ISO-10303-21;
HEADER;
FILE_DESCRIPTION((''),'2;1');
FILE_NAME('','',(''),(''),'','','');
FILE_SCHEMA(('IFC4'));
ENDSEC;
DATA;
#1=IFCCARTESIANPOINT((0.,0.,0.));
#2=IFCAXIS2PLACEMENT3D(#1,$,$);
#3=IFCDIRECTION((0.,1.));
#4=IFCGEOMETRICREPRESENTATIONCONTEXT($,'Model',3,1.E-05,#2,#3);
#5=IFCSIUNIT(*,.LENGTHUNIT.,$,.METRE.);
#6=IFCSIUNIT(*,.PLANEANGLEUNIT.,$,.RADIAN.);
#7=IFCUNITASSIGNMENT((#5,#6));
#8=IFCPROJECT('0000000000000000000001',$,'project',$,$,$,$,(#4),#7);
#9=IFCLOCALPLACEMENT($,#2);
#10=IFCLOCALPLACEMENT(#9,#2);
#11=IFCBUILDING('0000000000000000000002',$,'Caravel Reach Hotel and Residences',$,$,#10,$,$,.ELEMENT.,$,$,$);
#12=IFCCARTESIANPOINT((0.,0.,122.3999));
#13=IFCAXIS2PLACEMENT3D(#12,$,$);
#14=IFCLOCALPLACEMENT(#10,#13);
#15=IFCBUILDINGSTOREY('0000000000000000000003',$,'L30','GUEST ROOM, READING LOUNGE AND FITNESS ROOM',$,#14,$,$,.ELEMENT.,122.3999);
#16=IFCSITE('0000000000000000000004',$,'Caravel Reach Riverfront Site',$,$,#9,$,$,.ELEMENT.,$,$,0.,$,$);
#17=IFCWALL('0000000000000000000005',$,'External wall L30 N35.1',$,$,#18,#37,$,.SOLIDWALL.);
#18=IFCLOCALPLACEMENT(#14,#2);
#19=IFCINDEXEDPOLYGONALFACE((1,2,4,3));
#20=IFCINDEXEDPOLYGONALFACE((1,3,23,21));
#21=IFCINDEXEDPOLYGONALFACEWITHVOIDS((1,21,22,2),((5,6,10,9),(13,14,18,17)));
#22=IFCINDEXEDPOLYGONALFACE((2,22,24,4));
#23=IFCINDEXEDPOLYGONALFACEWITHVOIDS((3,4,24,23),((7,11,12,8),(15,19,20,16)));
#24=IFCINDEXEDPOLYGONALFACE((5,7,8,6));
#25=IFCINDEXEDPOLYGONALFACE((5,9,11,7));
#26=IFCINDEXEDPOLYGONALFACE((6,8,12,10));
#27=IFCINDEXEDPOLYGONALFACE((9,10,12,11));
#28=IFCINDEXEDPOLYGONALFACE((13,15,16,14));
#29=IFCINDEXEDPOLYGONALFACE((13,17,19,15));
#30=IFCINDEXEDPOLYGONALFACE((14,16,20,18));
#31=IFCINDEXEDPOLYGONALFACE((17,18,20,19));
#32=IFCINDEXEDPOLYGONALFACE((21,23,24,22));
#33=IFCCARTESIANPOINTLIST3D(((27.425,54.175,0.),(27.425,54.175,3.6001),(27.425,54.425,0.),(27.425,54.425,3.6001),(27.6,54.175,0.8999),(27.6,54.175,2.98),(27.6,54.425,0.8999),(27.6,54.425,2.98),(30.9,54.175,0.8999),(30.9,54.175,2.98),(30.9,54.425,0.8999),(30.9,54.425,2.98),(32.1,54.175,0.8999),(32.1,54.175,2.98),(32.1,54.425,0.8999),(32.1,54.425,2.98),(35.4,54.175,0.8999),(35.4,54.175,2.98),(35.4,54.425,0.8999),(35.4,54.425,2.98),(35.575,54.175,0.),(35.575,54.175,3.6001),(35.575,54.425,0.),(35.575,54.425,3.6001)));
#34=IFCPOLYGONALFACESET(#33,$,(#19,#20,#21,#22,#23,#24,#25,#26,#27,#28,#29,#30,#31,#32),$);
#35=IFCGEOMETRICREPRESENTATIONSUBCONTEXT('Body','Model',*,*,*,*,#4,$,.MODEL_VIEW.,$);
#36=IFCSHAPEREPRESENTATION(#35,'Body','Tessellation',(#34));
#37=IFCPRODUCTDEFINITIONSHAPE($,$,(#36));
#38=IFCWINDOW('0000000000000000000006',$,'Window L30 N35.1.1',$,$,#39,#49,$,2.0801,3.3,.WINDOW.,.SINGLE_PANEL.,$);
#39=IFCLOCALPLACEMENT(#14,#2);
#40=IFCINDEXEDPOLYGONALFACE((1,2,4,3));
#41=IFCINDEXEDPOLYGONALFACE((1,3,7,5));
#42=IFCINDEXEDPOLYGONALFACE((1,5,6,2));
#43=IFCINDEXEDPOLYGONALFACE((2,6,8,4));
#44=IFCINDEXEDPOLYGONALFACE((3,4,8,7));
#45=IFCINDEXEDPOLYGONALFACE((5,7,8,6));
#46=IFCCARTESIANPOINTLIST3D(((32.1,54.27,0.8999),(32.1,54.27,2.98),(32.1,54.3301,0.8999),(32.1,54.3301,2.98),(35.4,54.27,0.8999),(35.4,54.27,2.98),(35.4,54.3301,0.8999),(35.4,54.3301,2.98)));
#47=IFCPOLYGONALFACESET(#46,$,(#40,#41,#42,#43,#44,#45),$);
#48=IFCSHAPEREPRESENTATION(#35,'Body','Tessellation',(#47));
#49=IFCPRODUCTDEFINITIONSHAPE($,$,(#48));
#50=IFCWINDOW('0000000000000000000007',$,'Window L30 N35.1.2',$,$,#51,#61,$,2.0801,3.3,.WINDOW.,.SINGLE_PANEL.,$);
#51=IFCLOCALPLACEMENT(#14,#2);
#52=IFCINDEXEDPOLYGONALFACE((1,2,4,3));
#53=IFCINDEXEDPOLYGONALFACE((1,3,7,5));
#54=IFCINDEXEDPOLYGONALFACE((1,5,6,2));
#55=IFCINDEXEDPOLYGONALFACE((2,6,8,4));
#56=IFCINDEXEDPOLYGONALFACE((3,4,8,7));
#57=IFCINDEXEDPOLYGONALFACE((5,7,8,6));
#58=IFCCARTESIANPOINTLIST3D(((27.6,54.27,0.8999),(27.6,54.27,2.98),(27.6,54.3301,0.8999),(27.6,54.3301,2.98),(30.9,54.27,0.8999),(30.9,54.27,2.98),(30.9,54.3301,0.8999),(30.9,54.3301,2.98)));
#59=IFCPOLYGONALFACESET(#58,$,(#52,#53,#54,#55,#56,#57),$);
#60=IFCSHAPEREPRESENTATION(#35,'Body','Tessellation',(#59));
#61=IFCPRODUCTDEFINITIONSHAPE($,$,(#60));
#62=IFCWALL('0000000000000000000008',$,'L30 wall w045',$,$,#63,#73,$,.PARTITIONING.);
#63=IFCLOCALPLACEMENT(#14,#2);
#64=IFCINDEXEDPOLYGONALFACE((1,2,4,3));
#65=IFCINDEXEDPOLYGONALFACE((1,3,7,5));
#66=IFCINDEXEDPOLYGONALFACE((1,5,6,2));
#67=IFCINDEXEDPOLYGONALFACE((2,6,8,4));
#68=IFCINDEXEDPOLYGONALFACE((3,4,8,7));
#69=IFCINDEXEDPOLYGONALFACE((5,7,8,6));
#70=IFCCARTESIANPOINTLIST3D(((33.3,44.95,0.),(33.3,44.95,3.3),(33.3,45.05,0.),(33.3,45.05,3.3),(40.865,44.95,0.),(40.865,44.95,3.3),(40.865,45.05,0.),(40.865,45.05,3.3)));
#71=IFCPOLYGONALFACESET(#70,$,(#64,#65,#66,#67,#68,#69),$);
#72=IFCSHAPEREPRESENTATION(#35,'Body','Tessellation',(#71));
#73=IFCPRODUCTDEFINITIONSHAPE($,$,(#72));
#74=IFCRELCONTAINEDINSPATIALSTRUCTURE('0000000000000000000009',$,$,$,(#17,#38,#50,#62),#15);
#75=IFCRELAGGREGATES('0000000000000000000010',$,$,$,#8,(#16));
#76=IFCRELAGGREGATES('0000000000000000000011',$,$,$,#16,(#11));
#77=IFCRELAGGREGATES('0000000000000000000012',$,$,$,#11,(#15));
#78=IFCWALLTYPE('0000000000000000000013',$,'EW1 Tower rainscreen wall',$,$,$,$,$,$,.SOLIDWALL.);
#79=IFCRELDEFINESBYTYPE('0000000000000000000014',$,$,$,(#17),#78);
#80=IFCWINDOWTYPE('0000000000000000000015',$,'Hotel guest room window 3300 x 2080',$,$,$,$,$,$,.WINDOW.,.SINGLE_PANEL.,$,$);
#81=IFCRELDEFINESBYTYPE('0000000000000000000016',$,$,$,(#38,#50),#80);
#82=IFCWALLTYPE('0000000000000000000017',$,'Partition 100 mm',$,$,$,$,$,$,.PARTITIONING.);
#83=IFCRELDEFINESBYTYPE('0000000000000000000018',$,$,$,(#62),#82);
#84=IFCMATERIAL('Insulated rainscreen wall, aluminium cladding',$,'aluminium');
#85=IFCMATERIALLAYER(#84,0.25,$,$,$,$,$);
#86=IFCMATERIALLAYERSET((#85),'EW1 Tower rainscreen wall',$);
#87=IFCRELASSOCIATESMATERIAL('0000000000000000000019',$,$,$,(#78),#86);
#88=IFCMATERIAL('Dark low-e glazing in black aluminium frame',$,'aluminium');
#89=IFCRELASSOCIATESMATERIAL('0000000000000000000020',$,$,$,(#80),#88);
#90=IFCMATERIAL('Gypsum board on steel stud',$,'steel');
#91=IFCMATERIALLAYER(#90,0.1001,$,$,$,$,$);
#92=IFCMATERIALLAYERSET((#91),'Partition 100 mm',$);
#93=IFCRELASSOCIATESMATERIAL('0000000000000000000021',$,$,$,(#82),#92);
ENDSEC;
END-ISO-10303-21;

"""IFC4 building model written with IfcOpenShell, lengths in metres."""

from ifc_helpers import new_model, si_unit, direction, frame, frame_2d, origin, place, context, subcontext, project, spatial, rectangle, extrude, material, layer, layer_set, type_object, element, fill, save


model = new_model("IFC4")

# Units and contexts
model_context = context("Model", 3, precision=1e-05, world=origin(), true_north=direction((0.0, 1.0)))
body_context = subcontext(model_context, "Body", "Model", "MODEL_VIEW")
ifc_project = project(units=[si_unit("LENGTHUNIT", "METRE"), si_unit("PLANEANGLEUNIT", "RADIAN")], contexts=[model_context])

# Site, building, storey
site_placement = place(None, origin())
site = spatial("IfcSite", under=ifc_project, at=site_placement, Name="Caravel Reach Riverfront Site", CompositionType="ELEMENT", RefElevation=0.0)
building_placement = place(site_placement, origin())
building = spatial("IfcBuilding", under=site, at=building_placement, Name="Caravel Reach Hotel and Residences", CompositionType="ELEMENT")
storey_placement = place(building_placement, frame((0.0, 0.0, 122.3999)))
storey = spatial("IfcBuildingStorey", under=building, at=storey_placement, Name="L30", Description="GUEST ROOM, READING LOUNGE AND FITNESS ROOM", CompositionType="ELEMENT", Elevation=122.3999)

# Shared definitions
ifc_material_1 = material(Name="Insulated rainscreen wall, aluminium cladding", Category="aluminium")
ifc_layer_1 = layer(ifc_material_1, 0.25)
ifc_layer_set_1 = layer_set([ifc_layer_1], Name="EW1 Tower rainscreen wall")
wall_type_1 = type_object("IfcWallType", Name="EW1 Tower rainscreen wall", PredefinedType="SOLIDWALL", material=ifc_layer_set_1)
ifc_material_2 = material(Name="Dark low-e glazing in black aluminium frame", Category="aluminium")
window_type_1 = type_object("IfcWindowType", Name="Hotel guest room window 3300 x 2080", PartitioningType="SINGLE_PANEL", PredefinedType="WINDOW", material=ifc_material_2)

# Wall, openings, windows
wall_1_placement = place(storey_placement, frame((35.575, 54.3, 0.0), z_axis=(0.0, 0.0, 1.0), x_axis=(-1.0, 0.0, 0.0)))
wall_1 = element("IfcWall", 1, at=wall_1_placement, inside=storey, type_object=wall_type_1, Name="External wall L30 N35.1", PredefinedType="SOLIDWALL", context=body_context, shape_type="SweptSolid", body=[
    extrude(rectangle(XDim=8.1499, YDim=0.25, at=frame_2d((4.075, 0.0))), origin(), (0.0, 0.0, 1.0), 3.6001),
])
opening_1_placement = place(wall_1_placement, frame((0.175, 0.0, 0.8999)))
opening_1 = element("IfcOpeningElement", 2, at=opening_1_placement, cuts=wall_1, PredefinedType="OPENING", context=body_context, shape_type="SweptSolid", body=[
    extrude(rectangle(XDim=3.3, YDim=2.0801, at=frame_2d((1.6499, 1.04))), frame((0.0, 0.135, 0.0), z_axis=(0.0, -1.0, 0.0), x_axis=(1.0, 0.0, 0.0)), (0.0, 0.0, 1.0), 0.27),
])
opening_2_placement = place(wall_1_placement, frame((4.675, 0.0, 0.8999)))
opening_2 = element("IfcOpeningElement", 3, at=opening_2_placement, cuts=wall_1, PredefinedType="OPENING", context=body_context, shape_type="SweptSolid", body=[
    extrude(rectangle(XDim=3.3, YDim=2.0801, at=frame_2d((1.6499, 1.04))), frame((0.0, 0.135, 0.0), z_axis=(0.0, -1.0, 0.0), x_axis=(1.0, 0.0, 0.0)), (0.0, 0.0, 1.0), 0.27),
])
window_1_placement = place(opening_1_placement, origin())
window_1 = element("IfcWindow", 4, at=window_1_placement, inside=storey, type_object=window_type_1, Name="Window L30 N35.1.1", OverallHeight=2.0801, OverallWidth=3.3, PartitioningType="SINGLE_PANEL", PredefinedType="WINDOW", context=body_context, shape_type="SweptSolid", body=[
    extrude(rectangle(XDim=3.3, YDim=2.0801, at=frame_2d((1.6499, 1.04))), frame((0.0, 0.03, 0.0), z_axis=(0.0, -1.0, 0.0), x_axis=(1.0, 0.0, 0.0)), (0.0, 0.0, 1.0), 0.0601),
])
fill(opening_1, window_1)
window_2_placement = place(opening_2_placement, origin())
window_2 = element("IfcWindow", 5, at=window_2_placement, inside=storey, type_object=window_type_1, Name="Window L30 N35.1.2", OverallHeight=2.0801, OverallWidth=3.3, PartitioningType="SINGLE_PANEL", PredefinedType="WINDOW", context=body_context, shape_type="SweptSolid", body=[
    extrude(rectangle(XDim=3.3, YDim=2.0801, at=frame_2d((1.6499, 1.04))), frame((0.0, 0.03, 0.0), z_axis=(0.0, -1.0, 0.0), x_axis=(1.0, 0.0, 0.0)), (0.0, 0.0, 1.0), 0.0601),
])
fill(opening_2, window_2)

# Wall
ifc_material_3 = material(Name="Gypsum board on steel stud", Category="steel")
ifc_layer_2 = layer(ifc_material_3, 0.1001)
ifc_layer_set_2 = layer_set([ifc_layer_2], Name="Partition 100 mm")
wall_type_2 = type_object("IfcWallType", Name="Partition 100 mm", PredefinedType="PARTITIONING", material=ifc_layer_set_2)
wall_2_placement = place(storey_placement, frame((33.3, 45.0, 0.0), z_axis=(0.0, 0.0, 1.0), x_axis=(1.0, 0.0, 0.0)))
element("IfcWall", 6, at=wall_2_placement, inside=storey, type_object=wall_type_2, Name="L30 wall w045", PredefinedType="PARTITIONING", context=body_context, shape_type="SweptSolid", body=[
    extrude(rectangle(XDim=7.5649, YDim=0.1001, at=frame_2d((3.7825, 0.0))), origin(), (0.0, 0.0, 1.0), 3.3),
])

save(model, "model.ifc")
